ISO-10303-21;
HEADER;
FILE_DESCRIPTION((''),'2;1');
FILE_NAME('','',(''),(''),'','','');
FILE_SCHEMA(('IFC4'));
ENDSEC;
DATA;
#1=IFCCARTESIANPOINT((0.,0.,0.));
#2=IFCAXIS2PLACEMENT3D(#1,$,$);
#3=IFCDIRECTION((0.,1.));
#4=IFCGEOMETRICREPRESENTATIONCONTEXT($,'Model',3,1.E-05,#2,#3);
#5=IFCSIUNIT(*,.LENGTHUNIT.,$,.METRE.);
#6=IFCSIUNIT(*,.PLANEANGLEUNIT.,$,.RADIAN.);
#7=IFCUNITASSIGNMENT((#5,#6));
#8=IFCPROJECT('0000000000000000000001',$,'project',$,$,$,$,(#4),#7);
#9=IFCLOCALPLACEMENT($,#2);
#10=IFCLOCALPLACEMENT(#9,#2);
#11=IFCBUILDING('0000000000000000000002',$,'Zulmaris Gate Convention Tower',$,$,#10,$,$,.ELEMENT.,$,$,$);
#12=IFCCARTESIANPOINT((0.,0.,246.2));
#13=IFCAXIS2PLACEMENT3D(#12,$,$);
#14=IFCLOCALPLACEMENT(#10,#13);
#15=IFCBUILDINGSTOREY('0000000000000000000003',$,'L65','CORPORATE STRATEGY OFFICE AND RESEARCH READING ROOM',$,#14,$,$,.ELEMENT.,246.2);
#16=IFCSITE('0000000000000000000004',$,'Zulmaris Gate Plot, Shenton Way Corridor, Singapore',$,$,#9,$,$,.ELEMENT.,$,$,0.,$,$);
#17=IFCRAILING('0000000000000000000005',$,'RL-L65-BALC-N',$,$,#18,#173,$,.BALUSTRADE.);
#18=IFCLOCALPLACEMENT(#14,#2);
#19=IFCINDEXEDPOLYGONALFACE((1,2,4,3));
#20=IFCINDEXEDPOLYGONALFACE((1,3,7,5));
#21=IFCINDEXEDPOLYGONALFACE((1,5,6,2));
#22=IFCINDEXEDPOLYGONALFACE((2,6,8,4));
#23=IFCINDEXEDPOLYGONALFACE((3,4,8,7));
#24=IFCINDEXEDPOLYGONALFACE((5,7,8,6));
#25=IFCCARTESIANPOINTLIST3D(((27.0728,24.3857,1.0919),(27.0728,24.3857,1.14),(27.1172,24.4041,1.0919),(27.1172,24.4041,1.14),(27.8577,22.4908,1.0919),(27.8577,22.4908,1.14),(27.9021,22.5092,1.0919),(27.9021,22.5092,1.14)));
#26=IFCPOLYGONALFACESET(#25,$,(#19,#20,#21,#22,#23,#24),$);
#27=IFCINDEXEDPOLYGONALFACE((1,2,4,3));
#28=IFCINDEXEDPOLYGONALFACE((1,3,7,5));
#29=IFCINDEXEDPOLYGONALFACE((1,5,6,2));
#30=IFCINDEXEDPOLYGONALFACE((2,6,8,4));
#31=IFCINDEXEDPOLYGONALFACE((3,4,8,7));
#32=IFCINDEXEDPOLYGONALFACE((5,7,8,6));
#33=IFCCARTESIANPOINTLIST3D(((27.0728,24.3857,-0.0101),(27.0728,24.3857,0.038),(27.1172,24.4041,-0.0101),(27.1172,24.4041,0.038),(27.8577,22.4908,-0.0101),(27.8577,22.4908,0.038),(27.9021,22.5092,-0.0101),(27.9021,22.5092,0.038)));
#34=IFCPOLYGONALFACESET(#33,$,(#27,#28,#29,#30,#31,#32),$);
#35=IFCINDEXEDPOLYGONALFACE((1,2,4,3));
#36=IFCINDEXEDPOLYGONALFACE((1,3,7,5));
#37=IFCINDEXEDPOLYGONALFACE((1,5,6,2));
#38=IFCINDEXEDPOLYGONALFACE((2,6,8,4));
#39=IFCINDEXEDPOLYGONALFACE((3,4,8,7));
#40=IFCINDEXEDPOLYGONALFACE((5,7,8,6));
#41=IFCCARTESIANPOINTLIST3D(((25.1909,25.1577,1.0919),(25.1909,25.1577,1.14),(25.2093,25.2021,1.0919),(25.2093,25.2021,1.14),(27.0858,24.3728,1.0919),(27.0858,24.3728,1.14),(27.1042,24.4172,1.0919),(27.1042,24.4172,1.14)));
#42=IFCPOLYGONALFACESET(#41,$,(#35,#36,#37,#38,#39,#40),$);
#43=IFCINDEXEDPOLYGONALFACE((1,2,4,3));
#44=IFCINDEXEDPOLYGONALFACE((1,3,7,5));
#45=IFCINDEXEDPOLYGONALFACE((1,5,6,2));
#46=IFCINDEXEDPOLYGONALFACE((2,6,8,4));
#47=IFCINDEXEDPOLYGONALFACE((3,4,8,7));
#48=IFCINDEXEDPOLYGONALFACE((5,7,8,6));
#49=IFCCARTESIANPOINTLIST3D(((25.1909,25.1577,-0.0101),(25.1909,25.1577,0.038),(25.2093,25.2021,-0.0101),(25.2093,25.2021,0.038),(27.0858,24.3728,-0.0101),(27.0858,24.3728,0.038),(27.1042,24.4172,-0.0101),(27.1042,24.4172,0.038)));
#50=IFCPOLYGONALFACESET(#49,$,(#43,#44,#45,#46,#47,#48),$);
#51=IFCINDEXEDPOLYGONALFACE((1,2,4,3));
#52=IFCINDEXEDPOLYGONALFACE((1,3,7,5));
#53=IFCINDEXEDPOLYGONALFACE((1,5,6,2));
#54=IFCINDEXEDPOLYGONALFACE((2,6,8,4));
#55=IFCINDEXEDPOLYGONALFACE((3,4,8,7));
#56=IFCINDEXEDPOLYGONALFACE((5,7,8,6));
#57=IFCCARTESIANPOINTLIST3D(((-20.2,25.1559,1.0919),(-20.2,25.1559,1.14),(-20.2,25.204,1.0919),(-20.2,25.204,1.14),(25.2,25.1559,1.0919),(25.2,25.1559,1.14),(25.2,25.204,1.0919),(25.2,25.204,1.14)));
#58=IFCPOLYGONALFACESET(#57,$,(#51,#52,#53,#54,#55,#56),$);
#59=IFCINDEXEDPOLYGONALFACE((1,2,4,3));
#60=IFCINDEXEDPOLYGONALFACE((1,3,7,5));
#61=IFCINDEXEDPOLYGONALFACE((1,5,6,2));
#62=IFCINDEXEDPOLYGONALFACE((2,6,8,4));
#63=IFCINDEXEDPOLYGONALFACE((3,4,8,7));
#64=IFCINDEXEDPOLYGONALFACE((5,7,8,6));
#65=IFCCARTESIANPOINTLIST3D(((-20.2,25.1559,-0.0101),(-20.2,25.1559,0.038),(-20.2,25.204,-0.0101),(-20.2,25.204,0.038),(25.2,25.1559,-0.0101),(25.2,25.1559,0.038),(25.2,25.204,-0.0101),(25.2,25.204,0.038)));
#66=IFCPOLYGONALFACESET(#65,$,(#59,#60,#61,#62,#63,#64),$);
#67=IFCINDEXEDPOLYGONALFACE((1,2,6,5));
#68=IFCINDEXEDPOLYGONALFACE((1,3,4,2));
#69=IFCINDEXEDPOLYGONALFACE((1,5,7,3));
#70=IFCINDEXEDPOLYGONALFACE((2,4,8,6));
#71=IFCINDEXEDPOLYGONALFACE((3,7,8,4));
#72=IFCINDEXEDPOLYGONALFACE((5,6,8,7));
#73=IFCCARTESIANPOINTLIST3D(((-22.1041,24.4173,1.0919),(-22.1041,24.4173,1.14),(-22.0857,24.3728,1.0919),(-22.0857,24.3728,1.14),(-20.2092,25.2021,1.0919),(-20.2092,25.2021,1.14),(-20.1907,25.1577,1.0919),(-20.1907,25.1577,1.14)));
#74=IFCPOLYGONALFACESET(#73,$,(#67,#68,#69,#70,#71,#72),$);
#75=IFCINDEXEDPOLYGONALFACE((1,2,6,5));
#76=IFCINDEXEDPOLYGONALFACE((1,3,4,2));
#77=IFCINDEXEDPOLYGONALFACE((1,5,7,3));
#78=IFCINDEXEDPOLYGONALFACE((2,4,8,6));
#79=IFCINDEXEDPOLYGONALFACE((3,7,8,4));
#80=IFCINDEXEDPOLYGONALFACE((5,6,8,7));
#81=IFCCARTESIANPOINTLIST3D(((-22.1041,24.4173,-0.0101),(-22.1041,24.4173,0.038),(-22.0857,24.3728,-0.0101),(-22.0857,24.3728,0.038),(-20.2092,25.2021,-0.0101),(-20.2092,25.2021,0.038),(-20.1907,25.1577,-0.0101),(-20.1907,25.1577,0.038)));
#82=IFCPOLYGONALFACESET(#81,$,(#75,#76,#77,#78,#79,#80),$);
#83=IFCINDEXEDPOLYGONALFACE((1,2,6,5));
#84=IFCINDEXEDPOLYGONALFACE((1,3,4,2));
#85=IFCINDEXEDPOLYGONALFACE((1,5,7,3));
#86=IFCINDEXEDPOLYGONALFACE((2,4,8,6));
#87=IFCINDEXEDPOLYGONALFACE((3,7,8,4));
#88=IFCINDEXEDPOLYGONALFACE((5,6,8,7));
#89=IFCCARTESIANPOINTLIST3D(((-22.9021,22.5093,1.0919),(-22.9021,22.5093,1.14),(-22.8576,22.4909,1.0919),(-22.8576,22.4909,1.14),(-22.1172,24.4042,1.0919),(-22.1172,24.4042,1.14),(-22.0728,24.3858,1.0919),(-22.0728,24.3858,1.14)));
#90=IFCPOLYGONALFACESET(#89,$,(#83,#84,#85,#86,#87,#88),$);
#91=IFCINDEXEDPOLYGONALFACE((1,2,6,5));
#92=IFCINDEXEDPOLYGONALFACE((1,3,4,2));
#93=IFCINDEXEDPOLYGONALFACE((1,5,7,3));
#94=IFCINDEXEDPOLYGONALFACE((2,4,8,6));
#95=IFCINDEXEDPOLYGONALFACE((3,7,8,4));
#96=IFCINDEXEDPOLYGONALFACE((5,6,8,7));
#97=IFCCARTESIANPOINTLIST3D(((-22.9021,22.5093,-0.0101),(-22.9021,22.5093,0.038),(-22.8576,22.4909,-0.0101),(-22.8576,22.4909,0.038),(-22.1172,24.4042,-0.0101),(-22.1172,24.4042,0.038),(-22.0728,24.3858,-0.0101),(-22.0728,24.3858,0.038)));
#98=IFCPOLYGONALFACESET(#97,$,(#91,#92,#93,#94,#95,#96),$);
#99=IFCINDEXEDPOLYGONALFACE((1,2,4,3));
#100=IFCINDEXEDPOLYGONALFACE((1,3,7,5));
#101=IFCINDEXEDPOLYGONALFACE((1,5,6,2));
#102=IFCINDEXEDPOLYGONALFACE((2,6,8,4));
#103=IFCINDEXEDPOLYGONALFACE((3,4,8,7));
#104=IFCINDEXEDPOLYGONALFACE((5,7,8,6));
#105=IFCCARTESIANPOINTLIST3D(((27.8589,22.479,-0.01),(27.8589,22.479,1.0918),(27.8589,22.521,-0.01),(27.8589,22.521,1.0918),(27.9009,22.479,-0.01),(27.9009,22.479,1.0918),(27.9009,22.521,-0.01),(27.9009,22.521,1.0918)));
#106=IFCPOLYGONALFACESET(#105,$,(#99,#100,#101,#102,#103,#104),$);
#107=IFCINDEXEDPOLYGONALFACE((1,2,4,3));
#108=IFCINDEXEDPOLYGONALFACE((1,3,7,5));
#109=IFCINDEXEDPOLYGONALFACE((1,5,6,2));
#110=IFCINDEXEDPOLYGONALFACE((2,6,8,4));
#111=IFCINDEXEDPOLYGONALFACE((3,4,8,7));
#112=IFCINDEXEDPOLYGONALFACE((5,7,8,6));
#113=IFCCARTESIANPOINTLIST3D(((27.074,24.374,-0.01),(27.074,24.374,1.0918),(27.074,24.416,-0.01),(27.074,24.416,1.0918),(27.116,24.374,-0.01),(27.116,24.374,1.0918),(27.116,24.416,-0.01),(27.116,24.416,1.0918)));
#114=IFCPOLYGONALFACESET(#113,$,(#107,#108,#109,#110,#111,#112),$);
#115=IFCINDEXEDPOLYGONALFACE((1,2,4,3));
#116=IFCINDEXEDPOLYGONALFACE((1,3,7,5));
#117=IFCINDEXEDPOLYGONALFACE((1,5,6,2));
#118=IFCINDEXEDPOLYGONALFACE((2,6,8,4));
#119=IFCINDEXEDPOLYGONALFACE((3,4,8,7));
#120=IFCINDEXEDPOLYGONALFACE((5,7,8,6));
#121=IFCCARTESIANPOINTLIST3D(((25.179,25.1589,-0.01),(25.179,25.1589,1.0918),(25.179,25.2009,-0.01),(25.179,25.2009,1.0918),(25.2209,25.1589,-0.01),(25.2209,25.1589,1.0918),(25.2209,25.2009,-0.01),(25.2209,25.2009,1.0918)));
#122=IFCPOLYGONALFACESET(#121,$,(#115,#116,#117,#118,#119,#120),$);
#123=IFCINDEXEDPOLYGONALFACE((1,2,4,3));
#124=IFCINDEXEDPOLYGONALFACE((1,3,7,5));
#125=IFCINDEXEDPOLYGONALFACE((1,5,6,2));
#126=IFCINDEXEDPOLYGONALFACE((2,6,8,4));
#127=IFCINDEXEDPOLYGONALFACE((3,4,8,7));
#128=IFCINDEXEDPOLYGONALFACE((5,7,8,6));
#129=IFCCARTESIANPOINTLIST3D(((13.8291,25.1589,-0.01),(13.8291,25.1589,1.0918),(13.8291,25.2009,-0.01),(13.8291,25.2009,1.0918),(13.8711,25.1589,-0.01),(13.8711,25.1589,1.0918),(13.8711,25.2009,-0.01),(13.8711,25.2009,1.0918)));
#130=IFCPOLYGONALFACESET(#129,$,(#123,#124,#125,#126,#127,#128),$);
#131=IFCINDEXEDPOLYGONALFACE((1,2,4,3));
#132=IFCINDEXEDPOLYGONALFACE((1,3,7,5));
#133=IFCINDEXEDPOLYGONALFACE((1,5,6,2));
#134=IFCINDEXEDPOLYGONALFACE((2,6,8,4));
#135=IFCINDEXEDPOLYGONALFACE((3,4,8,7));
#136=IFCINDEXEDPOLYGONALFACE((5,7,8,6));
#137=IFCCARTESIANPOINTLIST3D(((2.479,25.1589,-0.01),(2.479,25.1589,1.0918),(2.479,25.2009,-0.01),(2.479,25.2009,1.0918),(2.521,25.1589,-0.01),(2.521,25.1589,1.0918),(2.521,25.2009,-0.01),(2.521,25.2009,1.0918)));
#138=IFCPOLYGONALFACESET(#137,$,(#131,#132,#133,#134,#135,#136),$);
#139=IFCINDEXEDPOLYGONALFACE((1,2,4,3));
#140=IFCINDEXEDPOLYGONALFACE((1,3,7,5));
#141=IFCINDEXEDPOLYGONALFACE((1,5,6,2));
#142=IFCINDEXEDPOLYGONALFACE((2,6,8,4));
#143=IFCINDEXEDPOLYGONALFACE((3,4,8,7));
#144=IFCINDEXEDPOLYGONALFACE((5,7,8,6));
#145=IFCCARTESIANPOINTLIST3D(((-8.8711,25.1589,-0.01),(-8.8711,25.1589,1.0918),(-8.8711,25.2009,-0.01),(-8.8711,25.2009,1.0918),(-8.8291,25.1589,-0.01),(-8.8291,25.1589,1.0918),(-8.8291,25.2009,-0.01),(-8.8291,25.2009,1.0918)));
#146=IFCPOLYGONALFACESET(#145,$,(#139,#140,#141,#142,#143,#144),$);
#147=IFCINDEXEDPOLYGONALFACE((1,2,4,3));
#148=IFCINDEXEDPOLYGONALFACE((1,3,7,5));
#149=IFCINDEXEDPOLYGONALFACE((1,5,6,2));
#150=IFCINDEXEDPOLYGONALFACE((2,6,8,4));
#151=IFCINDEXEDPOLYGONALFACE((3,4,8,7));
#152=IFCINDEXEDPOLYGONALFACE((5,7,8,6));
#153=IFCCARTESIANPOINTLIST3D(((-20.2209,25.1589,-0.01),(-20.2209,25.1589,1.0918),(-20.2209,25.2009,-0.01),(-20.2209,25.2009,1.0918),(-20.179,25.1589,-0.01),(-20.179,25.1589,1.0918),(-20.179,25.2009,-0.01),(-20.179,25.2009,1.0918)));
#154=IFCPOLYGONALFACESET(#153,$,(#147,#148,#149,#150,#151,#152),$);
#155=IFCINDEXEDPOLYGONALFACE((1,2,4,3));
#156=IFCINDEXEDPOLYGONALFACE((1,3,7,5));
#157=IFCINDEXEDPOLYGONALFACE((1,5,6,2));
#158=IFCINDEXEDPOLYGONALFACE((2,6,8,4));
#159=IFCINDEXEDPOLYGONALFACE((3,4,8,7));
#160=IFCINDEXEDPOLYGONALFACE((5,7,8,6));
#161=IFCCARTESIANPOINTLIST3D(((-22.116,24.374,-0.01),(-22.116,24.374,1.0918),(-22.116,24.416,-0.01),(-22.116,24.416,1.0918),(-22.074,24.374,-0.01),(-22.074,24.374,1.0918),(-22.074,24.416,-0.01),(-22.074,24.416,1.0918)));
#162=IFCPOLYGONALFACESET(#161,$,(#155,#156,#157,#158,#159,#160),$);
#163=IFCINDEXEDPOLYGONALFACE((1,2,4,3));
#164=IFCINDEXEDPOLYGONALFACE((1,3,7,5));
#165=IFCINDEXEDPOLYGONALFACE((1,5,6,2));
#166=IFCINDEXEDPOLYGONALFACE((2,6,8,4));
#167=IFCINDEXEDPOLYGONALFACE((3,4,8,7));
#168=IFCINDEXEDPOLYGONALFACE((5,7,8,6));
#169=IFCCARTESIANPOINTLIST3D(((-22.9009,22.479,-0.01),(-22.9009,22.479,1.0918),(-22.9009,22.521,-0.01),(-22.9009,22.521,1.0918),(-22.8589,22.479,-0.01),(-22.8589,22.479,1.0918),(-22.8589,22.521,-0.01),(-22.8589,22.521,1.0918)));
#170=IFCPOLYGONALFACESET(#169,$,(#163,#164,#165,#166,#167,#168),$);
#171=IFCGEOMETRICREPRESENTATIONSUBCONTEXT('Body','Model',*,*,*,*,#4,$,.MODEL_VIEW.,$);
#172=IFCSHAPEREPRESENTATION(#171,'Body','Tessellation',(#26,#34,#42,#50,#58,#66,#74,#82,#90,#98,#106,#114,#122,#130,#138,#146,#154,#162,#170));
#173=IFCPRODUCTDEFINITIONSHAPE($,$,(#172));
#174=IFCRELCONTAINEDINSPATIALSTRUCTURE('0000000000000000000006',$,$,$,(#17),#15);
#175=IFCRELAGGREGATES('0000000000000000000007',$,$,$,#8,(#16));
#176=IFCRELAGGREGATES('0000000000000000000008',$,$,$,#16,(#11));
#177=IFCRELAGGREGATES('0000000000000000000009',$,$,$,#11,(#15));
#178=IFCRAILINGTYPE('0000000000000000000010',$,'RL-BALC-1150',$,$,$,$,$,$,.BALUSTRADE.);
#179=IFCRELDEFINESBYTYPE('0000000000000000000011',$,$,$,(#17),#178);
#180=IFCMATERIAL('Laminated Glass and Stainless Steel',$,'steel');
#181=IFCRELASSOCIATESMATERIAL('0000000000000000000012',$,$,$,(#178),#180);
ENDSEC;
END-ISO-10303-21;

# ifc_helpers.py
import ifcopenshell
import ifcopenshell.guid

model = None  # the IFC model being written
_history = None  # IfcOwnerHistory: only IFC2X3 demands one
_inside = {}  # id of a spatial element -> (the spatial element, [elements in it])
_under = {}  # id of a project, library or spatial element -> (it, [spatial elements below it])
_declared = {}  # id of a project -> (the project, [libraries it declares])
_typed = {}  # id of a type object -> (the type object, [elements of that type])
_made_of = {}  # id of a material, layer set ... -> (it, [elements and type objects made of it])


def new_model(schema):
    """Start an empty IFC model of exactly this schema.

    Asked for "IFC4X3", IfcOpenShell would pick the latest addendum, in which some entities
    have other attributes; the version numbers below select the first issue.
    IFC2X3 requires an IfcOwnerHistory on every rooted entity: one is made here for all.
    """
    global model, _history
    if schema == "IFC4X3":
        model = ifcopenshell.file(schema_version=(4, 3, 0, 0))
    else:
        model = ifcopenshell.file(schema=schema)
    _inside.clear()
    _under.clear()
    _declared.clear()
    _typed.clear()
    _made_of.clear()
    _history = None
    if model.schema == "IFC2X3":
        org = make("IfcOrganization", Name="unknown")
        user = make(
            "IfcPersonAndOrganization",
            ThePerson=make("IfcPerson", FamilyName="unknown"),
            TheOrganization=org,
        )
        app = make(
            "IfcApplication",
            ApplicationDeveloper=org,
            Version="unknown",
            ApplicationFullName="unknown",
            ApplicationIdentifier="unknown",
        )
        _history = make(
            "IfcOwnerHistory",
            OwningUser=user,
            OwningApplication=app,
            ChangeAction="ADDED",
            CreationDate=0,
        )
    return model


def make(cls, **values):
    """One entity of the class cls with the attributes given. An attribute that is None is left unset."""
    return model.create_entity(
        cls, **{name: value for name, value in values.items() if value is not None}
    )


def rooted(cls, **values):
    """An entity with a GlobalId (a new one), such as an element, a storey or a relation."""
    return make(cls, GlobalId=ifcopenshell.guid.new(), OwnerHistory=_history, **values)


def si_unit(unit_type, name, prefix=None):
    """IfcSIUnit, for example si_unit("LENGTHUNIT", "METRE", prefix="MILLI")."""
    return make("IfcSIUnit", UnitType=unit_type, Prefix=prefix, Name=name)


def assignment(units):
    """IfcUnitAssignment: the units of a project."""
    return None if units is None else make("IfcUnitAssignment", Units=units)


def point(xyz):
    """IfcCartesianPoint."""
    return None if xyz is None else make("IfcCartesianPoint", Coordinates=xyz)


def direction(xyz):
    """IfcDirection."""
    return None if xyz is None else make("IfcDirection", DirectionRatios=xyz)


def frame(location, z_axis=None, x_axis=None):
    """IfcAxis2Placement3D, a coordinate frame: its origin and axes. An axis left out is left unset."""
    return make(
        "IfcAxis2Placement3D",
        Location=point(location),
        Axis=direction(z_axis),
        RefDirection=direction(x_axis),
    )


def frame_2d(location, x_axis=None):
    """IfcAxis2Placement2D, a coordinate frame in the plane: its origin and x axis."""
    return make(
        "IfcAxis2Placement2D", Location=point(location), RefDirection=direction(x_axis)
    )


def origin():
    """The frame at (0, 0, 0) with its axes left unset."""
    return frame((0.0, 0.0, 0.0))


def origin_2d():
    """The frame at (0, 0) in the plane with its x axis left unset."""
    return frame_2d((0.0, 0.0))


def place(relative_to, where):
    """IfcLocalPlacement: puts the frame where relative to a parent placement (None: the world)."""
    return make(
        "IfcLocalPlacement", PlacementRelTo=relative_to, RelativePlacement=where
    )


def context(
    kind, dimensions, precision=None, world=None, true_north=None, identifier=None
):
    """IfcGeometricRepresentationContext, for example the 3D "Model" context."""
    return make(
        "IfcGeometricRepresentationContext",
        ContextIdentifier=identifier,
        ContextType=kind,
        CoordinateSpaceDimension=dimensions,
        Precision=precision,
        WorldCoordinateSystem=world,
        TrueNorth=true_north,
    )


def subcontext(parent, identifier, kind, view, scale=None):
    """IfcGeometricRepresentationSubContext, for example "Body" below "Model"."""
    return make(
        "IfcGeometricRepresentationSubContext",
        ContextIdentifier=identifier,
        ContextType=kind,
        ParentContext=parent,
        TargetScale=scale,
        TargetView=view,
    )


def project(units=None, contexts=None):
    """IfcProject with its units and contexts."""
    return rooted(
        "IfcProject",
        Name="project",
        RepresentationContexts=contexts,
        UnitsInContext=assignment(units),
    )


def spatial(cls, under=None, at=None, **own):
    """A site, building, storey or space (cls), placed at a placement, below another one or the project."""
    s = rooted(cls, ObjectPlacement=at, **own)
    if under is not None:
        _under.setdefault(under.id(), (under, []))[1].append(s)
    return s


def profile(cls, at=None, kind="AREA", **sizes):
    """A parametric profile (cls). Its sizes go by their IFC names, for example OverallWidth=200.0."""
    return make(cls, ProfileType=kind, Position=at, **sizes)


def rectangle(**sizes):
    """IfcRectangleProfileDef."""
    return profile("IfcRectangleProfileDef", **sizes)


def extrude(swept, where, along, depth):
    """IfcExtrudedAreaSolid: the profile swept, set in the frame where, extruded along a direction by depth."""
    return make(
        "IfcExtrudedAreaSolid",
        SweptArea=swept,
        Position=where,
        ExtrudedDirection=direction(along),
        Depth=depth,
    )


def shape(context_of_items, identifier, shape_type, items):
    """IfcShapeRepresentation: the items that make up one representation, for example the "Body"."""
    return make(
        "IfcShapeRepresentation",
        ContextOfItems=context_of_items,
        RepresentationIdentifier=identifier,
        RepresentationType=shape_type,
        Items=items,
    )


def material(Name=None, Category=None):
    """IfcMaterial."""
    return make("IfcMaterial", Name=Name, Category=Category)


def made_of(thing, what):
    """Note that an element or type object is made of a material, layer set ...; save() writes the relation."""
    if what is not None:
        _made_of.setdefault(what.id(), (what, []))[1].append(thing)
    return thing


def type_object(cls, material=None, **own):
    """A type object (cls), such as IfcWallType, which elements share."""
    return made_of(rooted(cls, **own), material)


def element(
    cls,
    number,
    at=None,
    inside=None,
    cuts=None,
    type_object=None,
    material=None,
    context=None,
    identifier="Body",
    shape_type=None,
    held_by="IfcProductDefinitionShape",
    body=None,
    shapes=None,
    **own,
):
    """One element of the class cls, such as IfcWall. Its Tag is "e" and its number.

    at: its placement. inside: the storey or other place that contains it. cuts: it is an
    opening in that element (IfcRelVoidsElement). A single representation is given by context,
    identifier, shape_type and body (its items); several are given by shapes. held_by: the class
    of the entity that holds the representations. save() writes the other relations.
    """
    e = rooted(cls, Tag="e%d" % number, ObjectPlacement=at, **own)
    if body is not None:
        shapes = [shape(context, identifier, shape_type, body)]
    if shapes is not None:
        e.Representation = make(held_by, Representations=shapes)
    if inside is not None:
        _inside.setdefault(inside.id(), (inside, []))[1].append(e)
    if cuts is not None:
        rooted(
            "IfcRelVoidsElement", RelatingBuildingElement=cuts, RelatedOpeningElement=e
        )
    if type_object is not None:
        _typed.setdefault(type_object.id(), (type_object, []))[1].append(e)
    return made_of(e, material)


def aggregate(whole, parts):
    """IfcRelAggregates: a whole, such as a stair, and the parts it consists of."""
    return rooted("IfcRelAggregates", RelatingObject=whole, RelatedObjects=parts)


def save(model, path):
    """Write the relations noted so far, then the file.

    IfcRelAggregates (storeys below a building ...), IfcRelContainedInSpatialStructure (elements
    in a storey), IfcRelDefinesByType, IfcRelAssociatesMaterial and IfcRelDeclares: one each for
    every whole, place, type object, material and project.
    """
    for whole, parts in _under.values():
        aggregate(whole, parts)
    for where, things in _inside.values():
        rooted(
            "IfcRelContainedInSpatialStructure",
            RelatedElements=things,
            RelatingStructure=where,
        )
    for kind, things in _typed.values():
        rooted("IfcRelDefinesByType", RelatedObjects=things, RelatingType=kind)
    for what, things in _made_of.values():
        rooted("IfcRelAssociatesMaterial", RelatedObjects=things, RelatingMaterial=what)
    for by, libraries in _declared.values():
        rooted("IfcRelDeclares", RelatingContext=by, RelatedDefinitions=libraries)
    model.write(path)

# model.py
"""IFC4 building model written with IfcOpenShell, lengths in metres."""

from ifc_helpers import new_model, si_unit, direction, frame, origin, origin_2d, place, context, subcontext, project, spatial, rectangle, extrude, material, type_object, element, save


model = new_model("IFC4")

# Units and contexts
model_context = context("Model", 3, precision=1e-05, world=origin(), true_north=direction((0.0, 1.0)))
body_context = subcontext(model_context, "Body", "Model", "MODEL_VIEW")
ifc_project = project(units=[si_unit("LENGTHUNIT", "METRE"), si_unit("PLANEANGLEUNIT", "RADIAN")], contexts=[model_context])

# Site, building, storey
site_placement = place(None, origin())
site = spatial("IfcSite", under=ifc_project, at=site_placement, Name="Zulmaris Gate Plot, Shenton Way Corridor, Singapore", CompositionType="ELEMENT", RefElevation=0.0)
building_placement = place(site_placement, origin())
building = spatial("IfcBuilding", under=site, at=building_placement, Name="Zulmaris Gate Convention Tower", CompositionType="ELEMENT")
storey_placement = place(building_placement, frame((0.0, 0.0, 246.2)))
storey = spatial("IfcBuildingStorey", under=building, at=storey_placement, Name="L65", Description="CORPORATE STRATEGY OFFICE AND RESEARCH READING ROOM", CompositionType="ELEMENT", Elevation=246.2)

# Railing
ifc_material_1 = material(Name="Laminated Glass and Stainless Steel", Category="steel")
railing_type = type_object("IfcRailingType", Name="RL-BALC-1150", PredefinedType="BALUSTRADE", material=ifc_material_1)
railing_placement = place(storey_placement, frame((27.8799, 22.5, -0.01)))
element("IfcRailing", 1, at=railing_placement, inside=storey, type_object=railing_type, Name="RL-L65-BALC-N", PredefinedType="BALUSTRADE", context=body_context, shape_type="SweptSolid", body=[
    extrude(rectangle(XDim=0.0481, YDim=0.0481, at=origin_2d()), frame((0.0, 0.0, 1.126), z_axis=(-0.382671, 0.923885, 0.0), x_axis=(-0.923885, -0.382671, 0.0)), (0.0, 0.0, 1.0), 2.051),
    extrude(rectangle(XDim=0.0481, YDim=0.0481, at=origin_2d()), frame((0.0, 0.0, 0.0239), z_axis=(-0.382671, 0.923885, 0.0), x_axis=(-0.923885, -0.382671, 0.0)), (0.0, 0.0, 1.0), 2.051),
    extrude(rectangle(XDim=0.0481, YDim=0.0481, at=origin_2d()), frame((-0.7849, 1.895, 1.126), z_axis=(-0.923885, 0.382671, 0.0), x_axis=(-0.382671, -0.923885, 0.0)), (0.0, 0.0, 1.0), 2.051),
    extrude(rectangle(XDim=0.0481, YDim=0.0481, at=origin_2d()), frame((-0.7849, 1.895, 0.0239), z_axis=(-0.923885, 0.382671, 0.0), x_axis=(-0.382671, -0.923885, 0.0)), (0.0, 0.0, 1.0), 2.051),
    extrude(rectangle(XDim=0.0481, YDim=0.0481, at=origin_2d()), frame((-2.6799, 2.6799, 1.126), z_axis=(-1.0, 0.0, 0.0), x_axis=(0.0, -1.0, 0.0)), (0.0, 0.0, 1.0), 45.3999),
    extrude(rectangle(XDim=0.0481, YDim=0.0481, at=origin_2d()), frame((-2.6799, 2.6799, 0.0239), z_axis=(-1.0, 0.0, 0.0), x_axis=(0.0, -1.0, 0.0)), (0.0, 0.0, 1.0), 45.3999),
    extrude(rectangle(XDim=0.0481, YDim=0.0481, at=origin_2d()), frame((-48.0798, 2.6799, 1.126), z_axis=(-0.923885, -0.382671, 0.0), x_axis=(0.382671, -0.923885, 0.0)), (0.0, 0.0, 1.0), 2.051),
    extrude(rectangle(XDim=0.0481, YDim=0.0481, at=origin_2d()), frame((-48.0798, 2.6799, 0.0239), z_axis=(-0.923885, -0.382671, 0.0), x_axis=(0.382671, -0.923885, 0.0)), (0.0, 0.0, 1.0), 2.051),
    extrude(rectangle(XDim=0.0481, YDim=0.0481, at=origin_2d()), frame((-49.9749, 1.895, 1.126), z_axis=(-0.382671, -0.923885, 0.0), x_axis=(0.923885, -0.382671, 0.0)), (0.0, 0.0, 1.0), 2.051),
    extrude(rectangle(XDim=0.0481, YDim=0.0481, at=origin_2d()), frame((-49.9749, 1.895, 0.0239), z_axis=(-0.382671, -0.923885, 0.0), x_axis=(0.923885, -0.382671, 0.0)), (0.0, 0.0, 1.0), 2.051),
    extrude(rectangle(XDim=0.042, YDim=0.042, at=origin_2d()), origin(), (0.0, 0.0, 1.0), 1.1018),
    extrude(rectangle(XDim=0.042, YDim=0.042, at=origin_2d()), frame((-0.7849, 1.895, 0.0)), (0.0, 0.0, 1.0), 1.1018),
    extrude(rectangle(XDim=0.042, YDim=0.042, at=origin_2d()), frame((-2.6799, 2.6799, 0.0)), (0.0, 0.0, 1.0), 1.1018),
    extrude(rectangle(XDim=0.042, YDim=0.042, at=origin_2d()), frame((-14.0298, 2.6799, 0.0)), (0.0, 0.0, 1.0), 1.1018),
    extrude(rectangle(XDim=0.042, YDim=0.042, at=origin_2d()), frame((-25.3799, 2.6799, 0.0)), (0.0, 0.0, 1.0), 1.1018),
    extrude(rectangle(XDim=0.042, YDim=0.042, at=origin_2d()), frame((-36.73, 2.6799, 0.0)), (0.0, 0.0, 1.0), 1.1018),
    extrude(rectangle(XDim=0.042, YDim=0.042, at=origin_2d()), frame((-48.0798, 2.6799, 0.0)), (0.0, 0.0, 1.0), 1.1018),
    extrude(rectangle(XDim=0.042, YDim=0.042, at=origin_2d()), frame((-49.9749, 1.895, 0.0)), (0.0, 0.0, 1.0), 1.1018),
    extrude(rectangle(XDim=0.042, YDim=0.042, at=origin_2d()), frame((-50.7598, 0.0, 0.0)), (0.0, 0.0, 1.0), 1.1018),
])

save(model, "model.ifc")
